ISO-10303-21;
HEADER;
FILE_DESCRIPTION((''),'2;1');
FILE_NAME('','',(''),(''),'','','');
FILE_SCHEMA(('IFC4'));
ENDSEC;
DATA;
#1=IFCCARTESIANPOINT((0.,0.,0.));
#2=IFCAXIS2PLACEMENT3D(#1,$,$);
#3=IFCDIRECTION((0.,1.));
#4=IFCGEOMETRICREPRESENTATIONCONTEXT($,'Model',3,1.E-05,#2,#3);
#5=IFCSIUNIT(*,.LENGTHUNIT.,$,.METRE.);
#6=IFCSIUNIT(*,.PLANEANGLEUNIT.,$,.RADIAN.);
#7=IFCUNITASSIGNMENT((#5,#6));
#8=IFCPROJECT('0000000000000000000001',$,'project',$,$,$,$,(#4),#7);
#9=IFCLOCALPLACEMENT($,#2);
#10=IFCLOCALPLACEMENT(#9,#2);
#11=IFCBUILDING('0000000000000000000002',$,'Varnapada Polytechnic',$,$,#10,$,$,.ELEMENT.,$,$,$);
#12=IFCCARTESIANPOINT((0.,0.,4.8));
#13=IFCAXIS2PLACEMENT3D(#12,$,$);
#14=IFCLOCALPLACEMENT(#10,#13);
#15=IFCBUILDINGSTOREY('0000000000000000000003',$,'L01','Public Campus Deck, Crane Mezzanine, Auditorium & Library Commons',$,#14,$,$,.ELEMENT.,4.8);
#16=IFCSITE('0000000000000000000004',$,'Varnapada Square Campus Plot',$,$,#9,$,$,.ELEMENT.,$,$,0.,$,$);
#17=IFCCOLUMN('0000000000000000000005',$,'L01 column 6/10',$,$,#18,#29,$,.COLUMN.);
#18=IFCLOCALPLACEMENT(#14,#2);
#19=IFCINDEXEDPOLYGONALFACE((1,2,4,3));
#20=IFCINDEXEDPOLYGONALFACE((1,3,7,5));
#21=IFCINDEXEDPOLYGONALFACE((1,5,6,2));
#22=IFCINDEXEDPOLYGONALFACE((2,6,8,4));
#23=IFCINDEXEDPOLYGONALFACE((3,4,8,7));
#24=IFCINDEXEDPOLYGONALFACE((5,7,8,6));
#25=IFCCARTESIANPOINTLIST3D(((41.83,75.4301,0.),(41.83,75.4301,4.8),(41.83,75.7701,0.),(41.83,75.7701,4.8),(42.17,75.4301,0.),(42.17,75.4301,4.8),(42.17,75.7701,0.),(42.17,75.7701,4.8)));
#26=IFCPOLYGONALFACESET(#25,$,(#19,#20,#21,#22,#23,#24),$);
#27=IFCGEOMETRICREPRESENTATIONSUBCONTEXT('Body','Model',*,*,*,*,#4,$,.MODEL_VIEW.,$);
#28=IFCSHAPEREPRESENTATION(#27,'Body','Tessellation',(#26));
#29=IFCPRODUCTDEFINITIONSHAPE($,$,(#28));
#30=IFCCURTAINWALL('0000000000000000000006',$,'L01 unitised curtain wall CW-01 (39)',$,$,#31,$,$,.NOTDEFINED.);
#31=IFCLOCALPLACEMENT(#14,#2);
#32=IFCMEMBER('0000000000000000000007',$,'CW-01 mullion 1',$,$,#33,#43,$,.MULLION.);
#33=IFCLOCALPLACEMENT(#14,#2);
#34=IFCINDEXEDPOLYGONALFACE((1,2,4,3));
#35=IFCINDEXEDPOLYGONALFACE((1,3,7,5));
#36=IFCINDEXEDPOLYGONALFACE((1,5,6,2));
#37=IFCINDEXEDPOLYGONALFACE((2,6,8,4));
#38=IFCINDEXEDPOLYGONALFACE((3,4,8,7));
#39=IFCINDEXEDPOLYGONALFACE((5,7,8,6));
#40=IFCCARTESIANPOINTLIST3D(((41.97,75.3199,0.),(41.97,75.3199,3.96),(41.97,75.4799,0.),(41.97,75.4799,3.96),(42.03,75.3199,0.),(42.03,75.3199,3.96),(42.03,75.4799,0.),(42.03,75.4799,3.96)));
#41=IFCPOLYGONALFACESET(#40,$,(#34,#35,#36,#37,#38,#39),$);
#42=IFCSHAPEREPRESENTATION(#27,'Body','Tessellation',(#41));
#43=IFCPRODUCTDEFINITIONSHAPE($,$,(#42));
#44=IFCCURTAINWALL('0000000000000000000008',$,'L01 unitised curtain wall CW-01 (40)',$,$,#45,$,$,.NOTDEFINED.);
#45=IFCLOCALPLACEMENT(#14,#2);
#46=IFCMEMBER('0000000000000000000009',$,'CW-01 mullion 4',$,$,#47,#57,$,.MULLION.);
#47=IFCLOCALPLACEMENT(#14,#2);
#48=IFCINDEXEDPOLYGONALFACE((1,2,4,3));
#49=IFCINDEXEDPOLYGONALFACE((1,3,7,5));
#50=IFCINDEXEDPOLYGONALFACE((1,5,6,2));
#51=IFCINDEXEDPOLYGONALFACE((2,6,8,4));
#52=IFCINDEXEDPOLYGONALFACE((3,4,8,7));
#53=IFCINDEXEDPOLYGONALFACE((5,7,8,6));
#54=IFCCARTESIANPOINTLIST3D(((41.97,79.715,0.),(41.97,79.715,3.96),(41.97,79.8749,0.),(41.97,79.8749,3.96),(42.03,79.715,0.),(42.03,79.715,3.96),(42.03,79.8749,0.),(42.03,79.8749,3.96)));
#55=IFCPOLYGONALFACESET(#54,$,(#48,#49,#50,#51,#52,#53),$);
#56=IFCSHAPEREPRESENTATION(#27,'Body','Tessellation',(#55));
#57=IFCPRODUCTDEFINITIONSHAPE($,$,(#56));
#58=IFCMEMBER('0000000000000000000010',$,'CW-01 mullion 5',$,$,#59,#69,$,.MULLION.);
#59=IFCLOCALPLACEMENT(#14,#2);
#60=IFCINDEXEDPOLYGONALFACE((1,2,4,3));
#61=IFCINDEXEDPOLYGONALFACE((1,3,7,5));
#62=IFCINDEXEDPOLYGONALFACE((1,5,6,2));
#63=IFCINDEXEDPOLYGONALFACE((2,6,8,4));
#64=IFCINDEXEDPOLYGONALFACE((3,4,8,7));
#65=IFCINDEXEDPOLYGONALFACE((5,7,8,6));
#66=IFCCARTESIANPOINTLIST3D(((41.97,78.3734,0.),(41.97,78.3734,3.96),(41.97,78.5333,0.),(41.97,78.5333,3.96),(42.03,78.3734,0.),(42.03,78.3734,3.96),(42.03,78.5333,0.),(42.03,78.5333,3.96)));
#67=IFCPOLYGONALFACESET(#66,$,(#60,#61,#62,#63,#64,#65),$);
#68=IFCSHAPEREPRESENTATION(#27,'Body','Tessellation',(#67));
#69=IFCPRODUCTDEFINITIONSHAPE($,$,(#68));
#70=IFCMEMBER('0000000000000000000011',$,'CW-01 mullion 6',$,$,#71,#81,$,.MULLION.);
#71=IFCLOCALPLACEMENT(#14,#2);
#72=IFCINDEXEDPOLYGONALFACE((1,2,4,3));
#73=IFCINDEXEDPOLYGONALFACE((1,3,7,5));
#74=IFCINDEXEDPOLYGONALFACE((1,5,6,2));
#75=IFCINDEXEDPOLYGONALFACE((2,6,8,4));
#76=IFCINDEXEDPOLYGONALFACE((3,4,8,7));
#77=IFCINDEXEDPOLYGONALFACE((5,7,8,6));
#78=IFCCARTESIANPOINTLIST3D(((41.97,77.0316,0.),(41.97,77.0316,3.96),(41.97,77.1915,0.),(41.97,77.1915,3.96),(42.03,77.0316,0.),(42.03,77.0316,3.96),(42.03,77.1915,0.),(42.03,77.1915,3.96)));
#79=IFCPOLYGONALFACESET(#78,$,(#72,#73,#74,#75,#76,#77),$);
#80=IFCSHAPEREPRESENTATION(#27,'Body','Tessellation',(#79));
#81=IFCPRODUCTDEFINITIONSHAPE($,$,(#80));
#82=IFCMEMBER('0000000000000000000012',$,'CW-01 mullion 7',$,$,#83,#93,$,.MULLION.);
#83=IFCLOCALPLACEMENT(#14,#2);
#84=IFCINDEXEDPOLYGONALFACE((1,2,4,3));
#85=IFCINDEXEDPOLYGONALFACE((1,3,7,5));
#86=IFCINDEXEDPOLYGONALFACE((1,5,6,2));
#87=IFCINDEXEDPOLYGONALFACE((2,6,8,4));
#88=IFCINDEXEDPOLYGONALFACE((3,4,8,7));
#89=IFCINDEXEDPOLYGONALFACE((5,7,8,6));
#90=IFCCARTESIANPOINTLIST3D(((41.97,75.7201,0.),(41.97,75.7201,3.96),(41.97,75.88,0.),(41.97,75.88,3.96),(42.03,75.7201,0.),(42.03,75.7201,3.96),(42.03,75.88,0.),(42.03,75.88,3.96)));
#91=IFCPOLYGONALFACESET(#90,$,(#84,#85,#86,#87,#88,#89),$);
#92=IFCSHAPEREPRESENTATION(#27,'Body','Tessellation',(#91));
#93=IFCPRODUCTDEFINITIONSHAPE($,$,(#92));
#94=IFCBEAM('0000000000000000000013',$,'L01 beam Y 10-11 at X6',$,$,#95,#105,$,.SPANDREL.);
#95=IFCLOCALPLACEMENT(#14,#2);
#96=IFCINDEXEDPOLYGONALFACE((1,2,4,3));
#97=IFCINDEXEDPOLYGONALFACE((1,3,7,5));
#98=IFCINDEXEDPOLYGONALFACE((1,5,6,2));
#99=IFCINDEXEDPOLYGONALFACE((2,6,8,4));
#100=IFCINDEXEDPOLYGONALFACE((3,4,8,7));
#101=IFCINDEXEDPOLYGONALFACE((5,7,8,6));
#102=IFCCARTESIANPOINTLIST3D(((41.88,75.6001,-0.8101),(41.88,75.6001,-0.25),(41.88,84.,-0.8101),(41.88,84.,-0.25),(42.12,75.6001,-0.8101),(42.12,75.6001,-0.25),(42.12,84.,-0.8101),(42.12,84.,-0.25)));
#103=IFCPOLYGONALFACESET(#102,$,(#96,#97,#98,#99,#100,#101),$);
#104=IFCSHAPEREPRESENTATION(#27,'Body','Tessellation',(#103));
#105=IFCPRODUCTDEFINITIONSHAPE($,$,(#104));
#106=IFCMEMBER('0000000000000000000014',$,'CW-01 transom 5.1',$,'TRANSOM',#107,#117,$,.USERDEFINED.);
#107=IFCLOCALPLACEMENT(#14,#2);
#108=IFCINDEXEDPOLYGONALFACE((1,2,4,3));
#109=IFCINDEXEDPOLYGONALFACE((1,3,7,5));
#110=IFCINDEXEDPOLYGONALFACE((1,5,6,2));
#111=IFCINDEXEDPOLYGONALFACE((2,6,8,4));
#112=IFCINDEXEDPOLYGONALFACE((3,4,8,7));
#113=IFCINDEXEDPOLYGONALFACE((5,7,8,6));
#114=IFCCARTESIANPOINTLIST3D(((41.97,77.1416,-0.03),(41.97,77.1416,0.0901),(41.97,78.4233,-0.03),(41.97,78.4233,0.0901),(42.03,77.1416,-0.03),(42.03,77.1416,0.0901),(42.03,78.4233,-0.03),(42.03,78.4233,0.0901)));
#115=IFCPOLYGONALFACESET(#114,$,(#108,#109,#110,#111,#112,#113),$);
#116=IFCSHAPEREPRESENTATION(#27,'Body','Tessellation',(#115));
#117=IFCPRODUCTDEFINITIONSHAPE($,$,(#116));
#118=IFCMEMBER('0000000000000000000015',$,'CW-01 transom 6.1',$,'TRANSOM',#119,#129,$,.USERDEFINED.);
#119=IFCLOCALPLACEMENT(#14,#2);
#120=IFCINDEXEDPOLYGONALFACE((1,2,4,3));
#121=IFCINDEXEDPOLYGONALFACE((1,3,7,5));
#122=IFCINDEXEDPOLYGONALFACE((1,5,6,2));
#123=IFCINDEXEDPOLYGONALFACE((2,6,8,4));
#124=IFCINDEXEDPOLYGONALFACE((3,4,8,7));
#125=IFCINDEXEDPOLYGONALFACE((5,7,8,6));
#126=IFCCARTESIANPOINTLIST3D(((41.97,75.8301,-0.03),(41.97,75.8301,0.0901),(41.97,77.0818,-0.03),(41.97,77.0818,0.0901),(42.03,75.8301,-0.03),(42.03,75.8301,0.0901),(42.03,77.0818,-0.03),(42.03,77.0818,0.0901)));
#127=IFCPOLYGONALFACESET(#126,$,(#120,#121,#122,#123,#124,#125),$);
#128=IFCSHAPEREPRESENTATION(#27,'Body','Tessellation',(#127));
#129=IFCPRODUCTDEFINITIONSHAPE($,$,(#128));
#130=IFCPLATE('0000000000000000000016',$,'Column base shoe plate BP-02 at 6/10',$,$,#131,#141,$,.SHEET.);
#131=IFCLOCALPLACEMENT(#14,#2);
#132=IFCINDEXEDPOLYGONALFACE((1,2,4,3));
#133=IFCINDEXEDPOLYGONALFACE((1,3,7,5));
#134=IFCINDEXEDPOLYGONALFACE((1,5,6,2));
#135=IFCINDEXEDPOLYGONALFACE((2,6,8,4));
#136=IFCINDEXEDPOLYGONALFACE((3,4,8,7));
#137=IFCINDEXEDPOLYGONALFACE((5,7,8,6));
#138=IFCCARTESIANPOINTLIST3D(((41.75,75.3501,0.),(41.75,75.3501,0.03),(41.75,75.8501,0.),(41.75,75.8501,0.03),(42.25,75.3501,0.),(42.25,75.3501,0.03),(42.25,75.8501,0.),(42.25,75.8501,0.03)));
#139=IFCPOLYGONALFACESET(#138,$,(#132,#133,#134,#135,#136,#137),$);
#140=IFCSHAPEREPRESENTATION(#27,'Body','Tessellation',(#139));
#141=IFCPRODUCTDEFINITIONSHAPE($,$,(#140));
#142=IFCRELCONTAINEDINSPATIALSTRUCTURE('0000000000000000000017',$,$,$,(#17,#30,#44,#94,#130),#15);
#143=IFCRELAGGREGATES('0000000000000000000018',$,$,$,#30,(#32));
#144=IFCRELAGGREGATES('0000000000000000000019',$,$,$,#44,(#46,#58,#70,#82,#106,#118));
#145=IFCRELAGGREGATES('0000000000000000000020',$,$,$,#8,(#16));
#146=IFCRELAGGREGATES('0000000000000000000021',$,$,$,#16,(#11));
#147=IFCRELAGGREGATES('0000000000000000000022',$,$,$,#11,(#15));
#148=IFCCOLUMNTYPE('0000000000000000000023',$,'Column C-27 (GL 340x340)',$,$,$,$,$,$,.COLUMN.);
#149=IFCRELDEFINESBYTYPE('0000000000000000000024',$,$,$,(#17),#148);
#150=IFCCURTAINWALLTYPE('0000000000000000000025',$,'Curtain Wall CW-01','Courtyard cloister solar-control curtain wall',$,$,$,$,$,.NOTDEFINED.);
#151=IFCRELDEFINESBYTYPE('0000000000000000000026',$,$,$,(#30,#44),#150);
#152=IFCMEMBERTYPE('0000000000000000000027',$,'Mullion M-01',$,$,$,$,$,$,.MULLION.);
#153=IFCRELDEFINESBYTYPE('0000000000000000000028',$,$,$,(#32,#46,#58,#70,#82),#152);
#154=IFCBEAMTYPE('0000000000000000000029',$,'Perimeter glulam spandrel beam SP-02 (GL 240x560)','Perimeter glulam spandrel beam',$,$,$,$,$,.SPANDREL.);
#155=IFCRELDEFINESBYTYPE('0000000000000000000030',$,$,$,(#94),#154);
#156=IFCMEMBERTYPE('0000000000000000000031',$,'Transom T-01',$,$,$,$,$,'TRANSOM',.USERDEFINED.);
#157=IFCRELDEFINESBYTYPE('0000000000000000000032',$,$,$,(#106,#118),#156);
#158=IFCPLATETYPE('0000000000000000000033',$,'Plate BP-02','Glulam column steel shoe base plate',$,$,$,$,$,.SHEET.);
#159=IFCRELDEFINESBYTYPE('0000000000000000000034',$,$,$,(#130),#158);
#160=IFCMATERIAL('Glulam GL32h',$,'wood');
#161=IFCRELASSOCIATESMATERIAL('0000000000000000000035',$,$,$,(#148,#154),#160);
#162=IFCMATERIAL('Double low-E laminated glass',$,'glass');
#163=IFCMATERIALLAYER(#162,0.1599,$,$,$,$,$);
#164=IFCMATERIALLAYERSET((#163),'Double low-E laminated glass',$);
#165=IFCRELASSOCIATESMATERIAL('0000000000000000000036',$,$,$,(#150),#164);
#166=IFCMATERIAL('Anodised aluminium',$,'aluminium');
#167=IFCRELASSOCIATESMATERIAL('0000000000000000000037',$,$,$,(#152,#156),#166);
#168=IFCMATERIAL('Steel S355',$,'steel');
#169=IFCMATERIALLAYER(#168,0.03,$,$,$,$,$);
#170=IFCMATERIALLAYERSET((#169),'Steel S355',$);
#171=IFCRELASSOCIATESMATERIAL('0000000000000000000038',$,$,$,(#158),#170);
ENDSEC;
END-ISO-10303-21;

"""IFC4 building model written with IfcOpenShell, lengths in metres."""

from ifc_helpers import new_model, si_unit, direction, frame, origin, origin_2d, place, context, subcontext, project, spatial, rectangle, extrude, material, layer, layer_set, material_profile, profile_set, type_object, element, aggregate, save


model = new_model("IFC4")

# Units and contexts
model_context = context("Model", 3, precision=1e-05, world=origin(), true_north=direction((0.0, 1.0)))
body_context = subcontext(model_context, "Body", "Model", "MODEL_VIEW")
ifc_project = project(units=[si_unit("LENGTHUNIT", "METRE"), si_unit("PLANEANGLEUNIT", "RADIAN")], contexts=[model_context])

# Site, building, storey
site_placement = place(None, origin())
site = spatial("IfcSite", under=ifc_project, at=site_placement, Name="Varnapada Square Campus Plot", CompositionType="ELEMENT", RefElevation=0.0)
building_placement = place(site_placement, origin())
building = spatial("IfcBuilding", under=site, at=building_placement, Name="Varnapada Polytechnic", CompositionType="ELEMENT")
storey_placement = place(building_placement, frame((0.0, 0.0, 4.8)))
storey = spatial("IfcBuildingStorey", under=building, at=storey_placement, Name="L01", Description="Public Campus Deck, Crane Mezzanine, Auditorium & Library Commons", CompositionType="ELEMENT", Elevation=4.8)

# Column
ifc_material_1 = material(Name="Glulam GL32h", Category="wood")
ifc_material_profile_1 = material_profile(ifc_material_1, rectangle(XDim=0.3401, YDim=0.3401, at=origin_2d()), Name="GL 340x340")
ifc_profile_set_1 = profile_set([ifc_material_profile_1], Name="Glulam GL32h")
column_type = type_object("IfcColumnType", Name="Column C-27 (GL 340x340)", PredefinedType="COLUMN", material=ifc_profile_set_1)
column_placement = place(storey_placement, frame((42.0, 75.6001, 0.0), z_axis=(0.0, 0.0, 1.0), x_axis=(1.0, 0.0, 0.0)))
element("IfcColumn", 1, at=column_placement, inside=storey, type_object=column_type, Name="L01 column 6/10", PredefinedType="COLUMN", context=body_context, shape_type="SweptSolid", body=[
    extrude(rectangle(XDim=0.3401, YDim=0.3401, at=origin_2d()), origin(), (0.0, 0.0, 1.0), 4.8),
])

# Curtain wall, member
ifc_material_2 = material(Name="Double low-E laminated glass", Category="glass")
ifc_layer_1 = layer(ifc_material_2, 0.1599)
ifc_layer_set_1 = layer_set([ifc_layer_1], Name="Double low-E laminated glass")
curtain_wall_type = type_object("IfcCurtainWallType", Name="Curtain Wall CW-01", Description="Courtyard cloister solar-control curtain wall", PredefinedType="NOTDEFINED", material=ifc_layer_set_1)
curtain_wall_1_placement = place(storey_placement, origin())
curtain_wall_1 = element("IfcCurtainWall", 2, at=curtain_wall_1_placement, inside=storey, type_object=curtain_wall_type, Name="L01 unitised curtain wall CW-01 (39)", PredefinedType="NOTDEFINED")
ifc_material_3 = material(Name="Anodised aluminium", Category="aluminium")
ifc_material_profile_2 = material_profile(ifc_material_3, rectangle(XDim=0.0601, YDim=0.1599, at=origin_2d()), Name="ALU M60x160")
ifc_profile_set_2 = profile_set([ifc_material_profile_2], Name="Anodised aluminium")
member_type_1 = type_object("IfcMemberType", Name="Mullion M-01", PredefinedType="MULLION", material=ifc_profile_set_2)
member_1_placement = place(storey_placement, frame((42.0, 75.3999, 0.0), z_axis=(0.0, 0.0, 1.0), x_axis=(1.0, 0.0, 0.0)))
member_1 = element("IfcMember", 3, at=member_1_placement, type_object=member_type_1, Name="CW-01 mullion 1", PredefinedType="MULLION", context=body_context, shape_type="SweptSolid", body=[
    extrude(rectangle(XDim=0.0601, YDim=0.1599, at=origin_2d()), origin(), (0.0, 0.0, 1.0), 3.96),
])
aggregate(curtain_wall_1, [member_1])

# Curtain wall, members
curtain_wall_2_placement = place(storey_placement, origin())
curtain_wall_2 = element("IfcCurtainWall", 4, at=curtain_wall_2_placement, inside=storey, type_object=curtain_wall_type, Name="L01 unitised curtain wall CW-01 (40)", PredefinedType="NOTDEFINED")
member_2_placement = place(storey_placement, frame((42.0, 79.7949, 0.0), z_axis=(0.0, 0.0, 1.0), x_axis=(1.0, 0.0, 0.0)))
member_2 = element("IfcMember", 5, at=member_2_placement, type_object=member_type_1, Name="CW-01 mullion 4", PredefinedType="MULLION", context=body_context, shape_type="SweptSolid", body=[
    extrude(rectangle(XDim=0.0601, YDim=0.1599, at=origin_2d()), origin(), (0.0, 0.0, 1.0), 3.96),
])
member_3_placement = place(storey_placement, frame((42.0, 78.4534, 0.0), z_axis=(0.0, 0.0, 1.0), x_axis=(1.0, 0.0, 0.0)))
member_3 = element("IfcMember", 6, at=member_3_placement, type_object=member_type_1, Name="CW-01 mullion 5", PredefinedType="MULLION", context=body_context, shape_type="SweptSolid", body=[
    extrude(rectangle(XDim=0.0601, YDim=0.1599, at=origin_2d()), origin(), (0.0, 0.0, 1.0), 3.96),
])
member_4_placement = place(storey_placement, frame((42.0, 77.1116, 0.0), z_axis=(0.0, 0.0, 1.0), x_axis=(1.0, 0.0, 0.0)))
member_4 = element("IfcMember", 7, at=member_4_placement, type_object=member_type_1, Name="CW-01 mullion 6", PredefinedType="MULLION", context=body_context, shape_type="SweptSolid", body=[
    extrude(rectangle(XDim=0.0601, YDim=0.1599, at=origin_2d()), origin(), (0.0, 0.0, 1.0), 3.96),
])
member_5_placement = place(storey_placement, frame((42.0, 75.8, 0.0), z_axis=(0.0, 0.0, 1.0), x_axis=(1.0, 0.0, 0.0)))
member_5 = element("IfcMember", 8, at=member_5_placement, type_object=member_type_1, Name="CW-01 mullion 7", PredefinedType="MULLION", context=body_context, shape_type="SweptSolid", body=[
    extrude(rectangle(XDim=0.0601, YDim=0.1599, at=origin_2d()), origin(), (0.0, 0.0, 1.0), 3.96),
])

# Beam
ifc_material_profile_3 = material_profile(ifc_material_1, rectangle(XDim=0.24, YDim=0.5601, at=origin_2d()), Name="GL 240x560")
ifc_profile_set_3 = profile_set([ifc_material_profile_3], Name="Glulam GL32h")
beam_type = type_object("IfcBeamType", Name="Perimeter glulam spandrel beam SP-02 (GL 240x560)", Description="Perimeter glulam spandrel beam", PredefinedType="SPANDREL", material=ifc_profile_set_3)
beam_placement = place(storey_placement, frame((42.0, 75.6001, -0.53), z_axis=(0.0, 1.0, 0.0), x_axis=(-1.0, 0.0, 0.0)))
element("IfcBeam", 9, at=beam_placement, inside=storey, type_object=beam_type, Name="L01 beam Y 10-11 at X6", PredefinedType="SPANDREL", context=body_context, shape_type="SweptSolid", body=[
    extrude(rectangle(XDim=0.24, YDim=0.5601, at=origin_2d()), origin(), (0.0, 0.0, 1.0), 8.3999),
])

# Members
ifc_material_profile_4 = material_profile(ifc_material_3, rectangle(XDim=0.0601, YDim=0.1201, at=origin_2d()), Name="ALU T60x120")
ifc_profile_set_4 = profile_set([ifc_material_profile_4], Name="Anodised aluminium")
member_type_2 = type_object("IfcMemberType", Name="Transom T-01", ElementType="TRANSOM", PredefinedType="USERDEFINED", material=ifc_profile_set_4)
member_6_placement = place(storey_placement, frame((42.0, 78.4233, 0.03), z_axis=(0.0, -1.0, 0.0), x_axis=(1.0, 0.0, 0.0)))
member_6 = element("IfcMember", 10, at=member_6_placement, type_object=member_type_2, Name="CW-01 transom 5.1", ObjectType="TRANSOM", PredefinedType="USERDEFINED", context=body_context, shape_type="SweptSolid", body=[
    extrude(rectangle(XDim=0.0601, YDim=0.1201, at=origin_2d()), origin(), (0.0, 0.0, 1.0), 1.2817),
])
member_7_placement = place(storey_placement, frame((42.0, 77.0818, 0.03), z_axis=(0.0, -1.0, 0.0), x_axis=(1.0, 0.0, 0.0)))
member_7 = element("IfcMember", 11, at=member_7_placement, type_object=member_type_2, Name="CW-01 transom 6.1", ObjectType="TRANSOM", PredefinedType="USERDEFINED", context=body_context, shape_type="SweptSolid", body=[
    extrude(rectangle(XDim=0.0601, YDim=0.1201, at=origin_2d()), origin(), (0.0, 0.0, 1.0), 1.2517),
])
aggregate(curtain_wall_2, [member_2, member_3, member_4, member_5, member_6, member_7])

# Plate
ifc_material_4 = material(Name="Steel S355", Category="steel")
ifc_layer_2 = layer(ifc_material_4, 0.03)
ifc_layer_set_2 = layer_set([ifc_layer_2], Name="Steel S355")
plate_type = type_object("IfcPlateType", Name="Plate BP-02", Description="Glulam column steel shoe base plate", PredefinedType="SHEET", material=ifc_layer_set_2)
plate_placement = place(storey_placement, frame((42.0, 75.6001, 0.0), z_axis=(0.0, 0.0, 1.0), x_axis=(1.0, 0.0, 0.0)))
element("IfcPlate", 12, at=plate_placement, inside=storey, type_object=plate_type, Name="Column base shoe plate BP-02 at 6/10", PredefinedType="SHEET", context=body_context, shape_type="SweptSolid", body=[
    extrude(rectangle(XDim=0.5, YDim=0.5, at=origin_2d()), origin(), (0.0, 0.0, 1.0), 0.03),
])

save(model, "model.ifc")
